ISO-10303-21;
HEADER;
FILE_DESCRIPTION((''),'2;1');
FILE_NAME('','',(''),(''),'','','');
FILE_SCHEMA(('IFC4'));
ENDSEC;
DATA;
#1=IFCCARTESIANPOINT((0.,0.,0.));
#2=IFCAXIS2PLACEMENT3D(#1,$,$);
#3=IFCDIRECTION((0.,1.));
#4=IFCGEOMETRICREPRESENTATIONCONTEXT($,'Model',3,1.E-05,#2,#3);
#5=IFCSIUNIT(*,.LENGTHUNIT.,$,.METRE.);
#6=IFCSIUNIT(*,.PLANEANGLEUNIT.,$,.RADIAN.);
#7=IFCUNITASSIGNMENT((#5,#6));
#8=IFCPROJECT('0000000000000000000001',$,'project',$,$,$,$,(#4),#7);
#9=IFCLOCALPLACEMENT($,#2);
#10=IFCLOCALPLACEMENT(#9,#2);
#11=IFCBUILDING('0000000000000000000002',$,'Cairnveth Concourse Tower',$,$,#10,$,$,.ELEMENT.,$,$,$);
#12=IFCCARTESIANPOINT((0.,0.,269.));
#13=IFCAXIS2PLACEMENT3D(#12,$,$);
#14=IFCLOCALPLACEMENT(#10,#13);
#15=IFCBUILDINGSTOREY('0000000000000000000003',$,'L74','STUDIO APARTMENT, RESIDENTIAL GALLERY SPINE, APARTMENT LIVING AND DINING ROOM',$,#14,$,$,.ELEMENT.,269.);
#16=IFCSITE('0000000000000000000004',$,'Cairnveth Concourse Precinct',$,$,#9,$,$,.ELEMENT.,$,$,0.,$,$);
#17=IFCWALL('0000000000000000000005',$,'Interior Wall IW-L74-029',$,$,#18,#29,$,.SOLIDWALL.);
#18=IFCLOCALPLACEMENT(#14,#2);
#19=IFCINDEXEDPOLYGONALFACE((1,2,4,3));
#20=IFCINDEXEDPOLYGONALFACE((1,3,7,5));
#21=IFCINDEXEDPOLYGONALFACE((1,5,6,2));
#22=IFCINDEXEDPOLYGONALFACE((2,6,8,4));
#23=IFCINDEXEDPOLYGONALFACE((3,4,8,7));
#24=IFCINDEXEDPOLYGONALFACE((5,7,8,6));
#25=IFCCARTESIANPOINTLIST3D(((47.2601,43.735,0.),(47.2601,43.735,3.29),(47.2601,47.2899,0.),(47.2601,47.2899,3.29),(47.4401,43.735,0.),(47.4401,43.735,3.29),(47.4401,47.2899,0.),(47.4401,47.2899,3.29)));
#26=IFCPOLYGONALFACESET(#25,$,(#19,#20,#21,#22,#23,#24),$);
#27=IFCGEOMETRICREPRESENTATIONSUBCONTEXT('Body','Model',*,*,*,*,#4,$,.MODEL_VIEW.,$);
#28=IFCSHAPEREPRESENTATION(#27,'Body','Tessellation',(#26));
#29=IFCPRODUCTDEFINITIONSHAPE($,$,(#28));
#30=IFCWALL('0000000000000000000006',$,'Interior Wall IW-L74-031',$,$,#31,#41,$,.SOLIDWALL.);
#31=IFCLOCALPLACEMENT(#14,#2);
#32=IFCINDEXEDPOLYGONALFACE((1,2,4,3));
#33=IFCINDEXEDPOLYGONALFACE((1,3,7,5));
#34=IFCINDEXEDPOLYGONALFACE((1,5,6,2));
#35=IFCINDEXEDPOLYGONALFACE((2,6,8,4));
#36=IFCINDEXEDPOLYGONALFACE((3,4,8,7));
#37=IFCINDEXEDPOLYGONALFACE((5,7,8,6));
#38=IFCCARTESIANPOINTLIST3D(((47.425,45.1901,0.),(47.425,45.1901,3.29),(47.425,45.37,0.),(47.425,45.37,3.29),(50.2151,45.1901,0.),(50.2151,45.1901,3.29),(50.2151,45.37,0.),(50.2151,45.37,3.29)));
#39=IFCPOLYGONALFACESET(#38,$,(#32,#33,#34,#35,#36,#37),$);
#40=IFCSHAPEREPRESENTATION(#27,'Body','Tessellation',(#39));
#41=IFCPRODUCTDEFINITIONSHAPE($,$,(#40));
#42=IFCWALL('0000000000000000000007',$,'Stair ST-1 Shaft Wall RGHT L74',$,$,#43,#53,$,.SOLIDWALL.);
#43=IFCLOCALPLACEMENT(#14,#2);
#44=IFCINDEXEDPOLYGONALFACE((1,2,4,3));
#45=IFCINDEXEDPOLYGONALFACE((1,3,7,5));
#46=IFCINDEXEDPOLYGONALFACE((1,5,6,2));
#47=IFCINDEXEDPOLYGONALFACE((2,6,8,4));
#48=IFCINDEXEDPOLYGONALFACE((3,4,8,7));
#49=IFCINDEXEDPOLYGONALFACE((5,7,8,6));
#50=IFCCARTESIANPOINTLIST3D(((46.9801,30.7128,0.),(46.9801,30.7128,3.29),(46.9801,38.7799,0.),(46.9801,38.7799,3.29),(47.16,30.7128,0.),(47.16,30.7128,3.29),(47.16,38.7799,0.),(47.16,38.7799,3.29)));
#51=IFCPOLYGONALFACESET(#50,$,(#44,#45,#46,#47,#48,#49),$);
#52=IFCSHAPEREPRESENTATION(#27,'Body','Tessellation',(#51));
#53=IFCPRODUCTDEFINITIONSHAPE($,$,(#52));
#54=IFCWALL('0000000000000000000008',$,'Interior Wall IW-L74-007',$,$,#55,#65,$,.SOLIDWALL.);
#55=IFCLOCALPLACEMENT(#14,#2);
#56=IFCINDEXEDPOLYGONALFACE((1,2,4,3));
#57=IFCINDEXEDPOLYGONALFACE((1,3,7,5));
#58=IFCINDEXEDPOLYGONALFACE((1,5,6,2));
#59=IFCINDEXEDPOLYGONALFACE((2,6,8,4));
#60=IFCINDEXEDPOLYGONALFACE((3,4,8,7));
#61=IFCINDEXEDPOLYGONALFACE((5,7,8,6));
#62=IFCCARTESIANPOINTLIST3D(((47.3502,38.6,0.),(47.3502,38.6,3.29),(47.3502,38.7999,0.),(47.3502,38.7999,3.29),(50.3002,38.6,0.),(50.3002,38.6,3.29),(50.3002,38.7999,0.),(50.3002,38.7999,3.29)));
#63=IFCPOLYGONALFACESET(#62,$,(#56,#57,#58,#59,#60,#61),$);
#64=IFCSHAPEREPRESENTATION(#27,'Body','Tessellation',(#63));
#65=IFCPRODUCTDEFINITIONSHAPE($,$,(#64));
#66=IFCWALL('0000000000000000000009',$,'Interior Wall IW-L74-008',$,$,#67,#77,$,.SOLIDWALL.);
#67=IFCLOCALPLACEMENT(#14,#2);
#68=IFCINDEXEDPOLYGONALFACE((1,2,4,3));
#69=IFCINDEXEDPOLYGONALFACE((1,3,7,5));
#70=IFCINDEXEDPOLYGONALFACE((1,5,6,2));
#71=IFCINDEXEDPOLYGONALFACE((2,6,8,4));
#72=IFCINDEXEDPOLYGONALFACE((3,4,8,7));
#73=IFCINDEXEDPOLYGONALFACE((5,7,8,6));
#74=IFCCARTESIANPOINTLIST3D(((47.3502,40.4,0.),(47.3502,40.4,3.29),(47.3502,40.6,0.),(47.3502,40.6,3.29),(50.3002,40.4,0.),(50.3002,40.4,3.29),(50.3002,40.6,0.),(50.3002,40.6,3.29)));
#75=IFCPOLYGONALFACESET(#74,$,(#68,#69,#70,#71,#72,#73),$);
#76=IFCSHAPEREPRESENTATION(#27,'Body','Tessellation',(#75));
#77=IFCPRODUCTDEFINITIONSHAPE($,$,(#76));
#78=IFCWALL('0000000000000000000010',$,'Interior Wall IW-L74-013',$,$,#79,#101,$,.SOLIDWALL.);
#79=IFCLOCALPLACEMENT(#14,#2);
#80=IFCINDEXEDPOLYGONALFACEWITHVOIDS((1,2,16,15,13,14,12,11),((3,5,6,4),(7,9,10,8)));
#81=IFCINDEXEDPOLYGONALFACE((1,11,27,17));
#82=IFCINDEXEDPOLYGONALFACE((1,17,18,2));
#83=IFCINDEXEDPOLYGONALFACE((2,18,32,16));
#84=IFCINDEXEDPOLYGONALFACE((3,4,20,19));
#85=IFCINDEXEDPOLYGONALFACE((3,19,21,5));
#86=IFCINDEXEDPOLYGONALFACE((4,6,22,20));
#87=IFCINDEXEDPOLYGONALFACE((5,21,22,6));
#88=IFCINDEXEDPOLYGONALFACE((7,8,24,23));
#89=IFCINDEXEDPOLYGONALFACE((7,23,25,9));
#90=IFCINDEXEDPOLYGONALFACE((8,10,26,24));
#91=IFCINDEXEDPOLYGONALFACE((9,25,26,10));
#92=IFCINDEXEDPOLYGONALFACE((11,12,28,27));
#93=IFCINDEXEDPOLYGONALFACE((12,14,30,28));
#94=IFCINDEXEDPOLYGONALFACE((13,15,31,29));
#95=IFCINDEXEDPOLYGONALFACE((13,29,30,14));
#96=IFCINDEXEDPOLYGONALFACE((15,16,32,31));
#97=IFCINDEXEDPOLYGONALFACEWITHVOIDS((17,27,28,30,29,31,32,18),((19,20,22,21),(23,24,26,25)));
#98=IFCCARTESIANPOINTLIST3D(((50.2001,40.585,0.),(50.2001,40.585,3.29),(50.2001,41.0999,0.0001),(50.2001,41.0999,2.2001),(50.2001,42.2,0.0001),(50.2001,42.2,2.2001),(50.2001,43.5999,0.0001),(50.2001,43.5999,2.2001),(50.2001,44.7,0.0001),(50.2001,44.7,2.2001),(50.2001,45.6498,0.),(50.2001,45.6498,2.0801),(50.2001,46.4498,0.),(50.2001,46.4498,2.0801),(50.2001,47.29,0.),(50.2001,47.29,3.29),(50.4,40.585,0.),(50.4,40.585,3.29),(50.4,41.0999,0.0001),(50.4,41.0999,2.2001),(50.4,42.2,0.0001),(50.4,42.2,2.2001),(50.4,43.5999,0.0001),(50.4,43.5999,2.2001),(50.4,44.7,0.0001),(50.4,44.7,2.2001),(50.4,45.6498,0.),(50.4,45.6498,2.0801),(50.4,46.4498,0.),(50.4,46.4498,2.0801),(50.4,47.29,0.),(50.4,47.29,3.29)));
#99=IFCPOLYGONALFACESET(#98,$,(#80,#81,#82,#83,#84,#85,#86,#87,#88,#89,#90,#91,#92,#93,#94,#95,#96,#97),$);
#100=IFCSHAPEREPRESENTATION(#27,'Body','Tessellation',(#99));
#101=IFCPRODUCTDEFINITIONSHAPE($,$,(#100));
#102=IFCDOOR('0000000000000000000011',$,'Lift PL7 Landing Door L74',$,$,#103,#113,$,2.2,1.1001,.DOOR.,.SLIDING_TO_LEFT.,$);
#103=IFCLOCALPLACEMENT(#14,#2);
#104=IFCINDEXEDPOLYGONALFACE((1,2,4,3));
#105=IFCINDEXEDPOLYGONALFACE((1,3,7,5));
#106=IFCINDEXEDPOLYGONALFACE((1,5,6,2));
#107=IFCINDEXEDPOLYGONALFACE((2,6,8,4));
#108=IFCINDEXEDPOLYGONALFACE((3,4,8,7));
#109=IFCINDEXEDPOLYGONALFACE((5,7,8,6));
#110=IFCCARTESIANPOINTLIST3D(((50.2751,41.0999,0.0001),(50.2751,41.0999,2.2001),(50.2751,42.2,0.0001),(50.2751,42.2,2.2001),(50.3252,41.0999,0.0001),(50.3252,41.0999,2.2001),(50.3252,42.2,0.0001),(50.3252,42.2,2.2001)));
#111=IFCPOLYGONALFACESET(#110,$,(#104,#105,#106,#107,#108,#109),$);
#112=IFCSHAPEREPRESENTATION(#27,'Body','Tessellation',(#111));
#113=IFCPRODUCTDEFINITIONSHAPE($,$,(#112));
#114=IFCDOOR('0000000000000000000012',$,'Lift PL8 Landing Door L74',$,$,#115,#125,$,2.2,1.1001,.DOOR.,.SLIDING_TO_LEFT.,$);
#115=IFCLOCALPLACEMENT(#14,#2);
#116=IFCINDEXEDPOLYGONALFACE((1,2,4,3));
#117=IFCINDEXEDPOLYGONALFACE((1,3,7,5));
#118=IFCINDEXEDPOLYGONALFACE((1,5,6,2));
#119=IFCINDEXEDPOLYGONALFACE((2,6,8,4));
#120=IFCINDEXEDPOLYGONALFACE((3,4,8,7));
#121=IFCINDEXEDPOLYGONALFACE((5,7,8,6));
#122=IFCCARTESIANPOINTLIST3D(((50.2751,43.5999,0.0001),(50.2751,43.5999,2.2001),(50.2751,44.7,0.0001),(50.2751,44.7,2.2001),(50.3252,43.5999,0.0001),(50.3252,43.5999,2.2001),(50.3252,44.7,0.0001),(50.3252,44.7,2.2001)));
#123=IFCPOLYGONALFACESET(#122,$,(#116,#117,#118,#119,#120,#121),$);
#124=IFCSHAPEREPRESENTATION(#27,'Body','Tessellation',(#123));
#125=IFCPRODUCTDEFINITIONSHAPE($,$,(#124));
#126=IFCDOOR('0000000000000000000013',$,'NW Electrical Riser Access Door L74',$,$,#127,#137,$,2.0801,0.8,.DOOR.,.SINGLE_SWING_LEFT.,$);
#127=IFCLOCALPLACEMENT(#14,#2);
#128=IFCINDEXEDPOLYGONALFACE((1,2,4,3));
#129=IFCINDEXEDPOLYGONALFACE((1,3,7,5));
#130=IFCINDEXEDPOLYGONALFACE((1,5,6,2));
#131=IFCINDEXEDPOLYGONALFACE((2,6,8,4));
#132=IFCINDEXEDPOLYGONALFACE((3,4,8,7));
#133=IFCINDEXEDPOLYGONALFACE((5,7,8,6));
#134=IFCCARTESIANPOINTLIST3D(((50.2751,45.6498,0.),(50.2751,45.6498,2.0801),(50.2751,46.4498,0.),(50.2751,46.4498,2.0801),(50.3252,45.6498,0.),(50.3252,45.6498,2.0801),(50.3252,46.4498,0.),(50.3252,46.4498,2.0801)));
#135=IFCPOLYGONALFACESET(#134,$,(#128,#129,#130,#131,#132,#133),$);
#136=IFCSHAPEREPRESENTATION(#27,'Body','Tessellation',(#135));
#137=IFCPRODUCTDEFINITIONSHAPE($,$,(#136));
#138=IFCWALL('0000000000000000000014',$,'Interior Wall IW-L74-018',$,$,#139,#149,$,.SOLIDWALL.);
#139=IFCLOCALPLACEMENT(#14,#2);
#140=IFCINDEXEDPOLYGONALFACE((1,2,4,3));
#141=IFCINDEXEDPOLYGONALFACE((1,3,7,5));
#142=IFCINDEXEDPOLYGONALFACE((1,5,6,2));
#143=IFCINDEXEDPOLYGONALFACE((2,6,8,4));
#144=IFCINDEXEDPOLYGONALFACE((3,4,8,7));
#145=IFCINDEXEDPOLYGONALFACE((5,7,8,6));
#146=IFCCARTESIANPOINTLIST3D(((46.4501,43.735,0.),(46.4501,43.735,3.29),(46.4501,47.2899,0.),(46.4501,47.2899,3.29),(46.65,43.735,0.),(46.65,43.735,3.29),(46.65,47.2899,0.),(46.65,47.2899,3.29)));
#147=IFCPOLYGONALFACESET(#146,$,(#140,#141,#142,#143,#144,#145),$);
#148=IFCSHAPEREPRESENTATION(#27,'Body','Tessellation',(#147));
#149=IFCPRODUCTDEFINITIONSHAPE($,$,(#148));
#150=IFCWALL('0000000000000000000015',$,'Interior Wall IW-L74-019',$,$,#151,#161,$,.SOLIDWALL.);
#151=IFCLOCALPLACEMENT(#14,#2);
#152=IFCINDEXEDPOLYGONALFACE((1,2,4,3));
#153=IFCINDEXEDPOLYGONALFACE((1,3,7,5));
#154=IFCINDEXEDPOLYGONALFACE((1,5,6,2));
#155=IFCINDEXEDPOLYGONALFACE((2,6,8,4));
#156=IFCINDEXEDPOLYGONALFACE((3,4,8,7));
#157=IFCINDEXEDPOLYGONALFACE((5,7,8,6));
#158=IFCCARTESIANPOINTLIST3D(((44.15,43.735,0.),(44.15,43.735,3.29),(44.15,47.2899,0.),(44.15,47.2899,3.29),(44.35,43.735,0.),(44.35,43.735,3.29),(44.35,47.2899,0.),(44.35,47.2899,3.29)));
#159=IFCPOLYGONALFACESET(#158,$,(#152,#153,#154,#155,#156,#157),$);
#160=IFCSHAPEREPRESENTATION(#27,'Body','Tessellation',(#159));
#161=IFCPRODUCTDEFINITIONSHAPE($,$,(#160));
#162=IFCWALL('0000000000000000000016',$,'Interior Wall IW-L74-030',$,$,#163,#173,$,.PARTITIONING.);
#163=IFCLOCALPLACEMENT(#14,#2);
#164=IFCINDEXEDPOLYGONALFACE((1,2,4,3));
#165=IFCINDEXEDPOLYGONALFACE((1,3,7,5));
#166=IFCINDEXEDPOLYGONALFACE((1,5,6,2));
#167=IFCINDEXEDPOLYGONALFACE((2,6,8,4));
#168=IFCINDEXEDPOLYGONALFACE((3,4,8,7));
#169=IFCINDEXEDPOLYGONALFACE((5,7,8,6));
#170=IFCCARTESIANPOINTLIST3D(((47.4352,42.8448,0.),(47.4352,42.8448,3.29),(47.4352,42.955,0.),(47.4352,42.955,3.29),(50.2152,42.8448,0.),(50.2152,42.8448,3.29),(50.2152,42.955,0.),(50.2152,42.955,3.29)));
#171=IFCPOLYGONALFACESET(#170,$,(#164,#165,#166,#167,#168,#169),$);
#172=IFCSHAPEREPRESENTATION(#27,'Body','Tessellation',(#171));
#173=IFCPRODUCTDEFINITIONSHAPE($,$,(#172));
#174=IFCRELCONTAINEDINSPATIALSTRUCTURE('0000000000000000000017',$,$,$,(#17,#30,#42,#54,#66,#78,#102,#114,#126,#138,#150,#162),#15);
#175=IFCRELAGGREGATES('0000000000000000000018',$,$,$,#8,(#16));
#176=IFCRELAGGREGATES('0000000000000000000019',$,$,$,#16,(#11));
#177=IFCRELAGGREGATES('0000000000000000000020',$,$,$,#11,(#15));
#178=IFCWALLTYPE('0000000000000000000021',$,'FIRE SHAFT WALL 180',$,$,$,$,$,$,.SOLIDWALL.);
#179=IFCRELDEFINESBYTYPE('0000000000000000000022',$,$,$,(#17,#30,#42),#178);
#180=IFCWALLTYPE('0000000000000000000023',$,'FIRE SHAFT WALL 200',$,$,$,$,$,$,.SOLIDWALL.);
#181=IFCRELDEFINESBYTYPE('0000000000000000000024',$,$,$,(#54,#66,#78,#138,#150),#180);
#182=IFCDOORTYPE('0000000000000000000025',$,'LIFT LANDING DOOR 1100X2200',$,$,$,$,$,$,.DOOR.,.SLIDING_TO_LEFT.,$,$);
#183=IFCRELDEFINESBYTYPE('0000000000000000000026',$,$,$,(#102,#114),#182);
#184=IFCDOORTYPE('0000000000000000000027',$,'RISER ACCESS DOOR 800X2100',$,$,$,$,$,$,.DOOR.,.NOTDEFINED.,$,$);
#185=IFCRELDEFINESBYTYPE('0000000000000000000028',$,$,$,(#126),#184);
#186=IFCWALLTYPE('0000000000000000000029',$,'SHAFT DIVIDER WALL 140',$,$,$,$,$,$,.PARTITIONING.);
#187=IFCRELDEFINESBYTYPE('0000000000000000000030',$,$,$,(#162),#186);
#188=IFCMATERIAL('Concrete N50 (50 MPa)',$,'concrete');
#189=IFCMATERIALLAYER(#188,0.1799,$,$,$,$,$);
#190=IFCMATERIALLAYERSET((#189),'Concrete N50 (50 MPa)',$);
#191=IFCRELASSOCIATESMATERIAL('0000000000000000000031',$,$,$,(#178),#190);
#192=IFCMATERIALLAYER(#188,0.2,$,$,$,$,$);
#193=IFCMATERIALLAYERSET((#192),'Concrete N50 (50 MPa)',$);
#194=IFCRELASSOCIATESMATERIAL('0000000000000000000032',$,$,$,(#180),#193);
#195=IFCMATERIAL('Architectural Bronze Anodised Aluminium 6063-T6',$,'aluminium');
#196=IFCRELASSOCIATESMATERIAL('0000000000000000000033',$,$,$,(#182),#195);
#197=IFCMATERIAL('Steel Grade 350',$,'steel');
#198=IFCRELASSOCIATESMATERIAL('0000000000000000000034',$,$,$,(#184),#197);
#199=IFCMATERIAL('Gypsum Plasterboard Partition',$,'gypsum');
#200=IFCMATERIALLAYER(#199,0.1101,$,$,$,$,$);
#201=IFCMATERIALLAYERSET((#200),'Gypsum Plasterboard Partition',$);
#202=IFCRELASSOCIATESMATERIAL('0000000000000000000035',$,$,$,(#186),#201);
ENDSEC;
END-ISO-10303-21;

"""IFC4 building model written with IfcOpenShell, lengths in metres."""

from ifc_helpers import new_model, si_unit, direction, frame, frame_2d, origin, place, context, subcontext, project, spatial, rectangle, extrude, material, layer, layer_set, type_object, element, fill, save


model = new_model("IFC4")

# Units and contexts
model_context = context("Model", 3, precision=1e-05, world=origin(), true_north=direction((0.0, 1.0)))
body_context = subcontext(model_context, "Body", "Model", "MODEL_VIEW")
ifc_project = project(units=[si_unit("LENGTHUNIT", "METRE"), si_unit("PLANEANGLEUNIT", "RADIAN")], contexts=[model_context])

# Site, building, storey
site_placement = place(None, origin())
site = spatial("IfcSite", under=ifc_project, at=site_placement, Name="Cairnveth Concourse Precinct", CompositionType="ELEMENT", RefElevation=0.0)
building_placement = place(site_placement, origin())
building = spatial("IfcBuilding", under=site, at=building_placement, Name="Cairnveth Concourse Tower", CompositionType="ELEMENT")
storey_placement = place(building_placement, frame((0.0, 0.0, 269.0)))
storey = spatial("IfcBuildingStorey", under=building, at=storey_placement, Name="L74", Description="STUDIO APARTMENT, RESIDENTIAL GALLERY SPINE, APARTMENT LIVING AND DINING ROOM", CompositionType="ELEMENT", Elevation=269.0)

# Walls
ifc_material_1 = material(Name="Concrete N50 (50 MPa)", Category="concrete")
ifc_layer_1 = layer(ifc_material_1, 0.1799)
ifc_layer_set_1 = layer_set([ifc_layer_1], Name="Concrete N50 (50 MPa)")
wall_type_1 = type_object("IfcWallType", Name="FIRE SHAFT WALL 180", PredefinedType="SOLIDWALL", material=ifc_layer_set_1)
wall_1_placement = place(storey_placement, frame((47.3501, 43.7351, 0.0), z_axis=(0.0, 0.0, 1.0), x_axis=(0.0, 1.0, 0.0)))
element("IfcWall", 1, at=wall_1_placement, inside=storey, type_object=wall_type_1, Name="Interior Wall IW-L74-029", PredefinedType="SOLIDWALL", context=body_context, shape_type="SweptSolid", body=[
    extrude(rectangle(XDim=3.5549, YDim=0.1799, at=frame_2d((1.7773, 0.0))), origin(), (0.0, 0.0, 1.0), 3.29),
])
wall_2_placement = place(storey_placement, frame((47.425, 45.28, 0.0), z_axis=(0.0, 0.0, 1.0), x_axis=(1.0, 0.0, 0.0)))
element("IfcWall", 2, at=wall_2_placement, inside=storey, type_object=wall_type_1, Name="Interior Wall IW-L74-031", PredefinedType="SOLIDWALL", context=body_context, shape_type="SweptSolid", body=[
    extrude(rectangle(XDim=2.79, YDim=0.1799, at=frame_2d((1.395, 0.0))), origin(), (0.0, 0.0, 1.0), 3.29),
])
wall_3_placement = place(storey_placement, frame((47.0701, 38.78, 0.0), z_axis=(0.0, 0.0, 1.0), x_axis=(0.0, -1.0, 0.0)))
element("IfcWall", 3, at=wall_3_placement, inside=storey, type_object=wall_type_1, Name="Stair ST-1 Shaft Wall RGHT L74", PredefinedType="SOLIDWALL", context=body_context, shape_type="SweptSolid", body=[
    extrude(rectangle(XDim=8.0671, YDim=0.1799, at=frame_2d((4.0337, 0.0))), origin(), (0.0, 0.0, 1.0), 3.29),
])
ifc_layer_2 = layer(ifc_material_1, 0.2)
ifc_layer_set_2 = layer_set([ifc_layer_2], Name="Concrete N50 (50 MPa)")
wall_type_2 = type_object("IfcWallType", Name="FIRE SHAFT WALL 200", PredefinedType="SOLIDWALL", material=ifc_layer_set_2)
for number, where, z_axis, x_axis, name in (
    (4, (47.3501, 38.7, 0.0), (0.0, 0.0, 1.0), (1.0, 0.0, 0.0), "Interior Wall IW-L74-007"),
    (5, (47.3501, 40.5, 0.0), (0.0, 0.0, 1.0), (1.0, 0.0, 0.0), "Interior Wall IW-L74-008"),
):
    element("IfcWall", number, at=place(storey_placement, frame(where, z_axis=z_axis, x_axis=x_axis)), inside=storey, type_object=wall_type_2, Name=name, PredefinedType="SOLIDWALL", context=body_context, shape_type="SweptSolid", body=[
        extrude(rectangle(XDim=2.95, YDim=0.2, at=frame_2d((1.4751, 0.0))), origin(), (0.0, 0.0, 1.0), 3.29),
    ])

# Wall, openings, doors
wall_4_placement = place(storey_placement, frame((50.3, 40.585, 0.0), z_axis=(0.0, 0.0, 1.0), x_axis=(0.0, 1.0, 0.0)))
wall_4 = element("IfcWall", 6, at=wall_4_placement, inside=storey, type_object=wall_type_2, Name="Interior Wall IW-L74-013", PredefinedType="SOLIDWALL", context=body_context, shape_type="SweptSolid", body=[
    extrude(rectangle(XDim=6.7051, YDim=0.2, at=frame_2d((3.3525, 0.0))), origin(), (0.0, 0.0, 1.0), 3.29),
])
opening_1_placement = place(wall_4_placement, frame((0.5149, 0.0, 0.0)))
opening_1 = element("IfcOpeningElement", 7, at=opening_1_placement, cuts=wall_4, PredefinedType="OPENING", context=body_context, shape_type="SweptSolid", body=[
    extrude(rectangle(XDim=1.1001, YDim=2.2, at=frame_2d((0.55, 1.1001))), frame((0.0, 0.1099, 0.0), z_axis=(0.0, -1.0, 0.0), x_axis=(1.0, 0.0, 0.0)), (0.0, 0.0, 1.0), 0.22),
])
opening_2_placement = place(wall_4_placement, frame((3.0149, 0.0, 0.0)))
opening_2 = element("IfcOpeningElement", 8, at=opening_2_placement, cuts=wall_4, PredefinedType="OPENING", context=body_context, shape_type="SweptSolid", body=[
    extrude(rectangle(XDim=1.1001, YDim=2.2, at=frame_2d((0.55, 1.1001))), frame((0.0, 0.1099, 0.0), z_axis=(0.0, -1.0, 0.0), x_axis=(1.0, 0.0, 0.0)), (0.0, 0.0, 1.0), 0.22),
])
opening_3_placement = place(wall_4_placement, frame((5.0649, 0.0, 0.0)))
opening_3 = element("IfcOpeningElement", 9, at=opening_3_placement, cuts=wall_4, PredefinedType="OPENING", context=body_context, shape_type="SweptSolid", body=[
    extrude(rectangle(XDim=0.8, YDim=2.0801, at=frame_2d((0.3999, 1.04))), frame((0.0, 0.1099, 0.0), z_axis=(0.0, -1.0, 0.0), x_axis=(1.0, 0.0, 0.0)), (0.0, 0.0, 1.0), 0.22),
])
ifc_material_2 = material(Name="Architectural Bronze Anodised Aluminium 6063-T6", Category="aluminium")
door_type_1 = type_object("IfcDoorType", Name="LIFT LANDING DOOR 1100X2200", OperationType="SLIDING_TO_LEFT", PredefinedType="DOOR", material=ifc_material_2)
door_1_placement = place(opening_1_placement, origin())
door_1 = element("IfcDoor", 10, at=door_1_placement, inside=storey, type_object=door_type_1, Name="Lift PL7 Landing Door L74", OperationType="SLIDING_TO_LEFT", OverallHeight=2.2, OverallWidth=1.1001, PredefinedType="DOOR", context=body_context, shape_type="SweptSolid", body=[
    extrude(rectangle(XDim=1.1001, YDim=2.2, at=frame_2d((0.55, 1.1001))), frame((0.0, 0.0249, 0.0), z_axis=(0.0, -1.0, 0.0), x_axis=(1.0, 0.0, 0.0)), (0.0, 0.0, 1.0), 0.05),
])
fill(opening_1, door_1)
door_2_placement = place(opening_2_placement, origin())
door_2 = element("IfcDoor", 11, at=door_2_placement, inside=storey, type_object=door_type_1, Name="Lift PL8 Landing Door L74", OperationType="SLIDING_TO_LEFT", OverallHeight=2.2, OverallWidth=1.1001, PredefinedType="DOOR", context=body_context, shape_type="SweptSolid", body=[
    extrude(rectangle(XDim=1.1001, YDim=2.2, at=frame_2d((0.55, 1.1001))), frame((0.0, 0.0249, 0.0), z_axis=(0.0, -1.0, 0.0), x_axis=(1.0, 0.0, 0.0)), (0.0, 0.0, 1.0), 0.05),
])
fill(opening_2, door_2)
ifc_material_3 = material(Name="Steel Grade 350", Category="steel")
door_type_2 = type_object("IfcDoorType", Name="RISER ACCESS DOOR 800X2100", OperationType="NOTDEFINED", PredefinedType="DOOR", material=ifc_material_3)
door_3_placement = place(opening_3_placement, origin())
door_3 = element("IfcDoor", 12, at=door_3_placement, inside=storey, type_object=door_type_2, Name="NW Electrical Riser Access Door L74", OperationType="SINGLE_SWING_LEFT", OverallHeight=2.0801, OverallWidth=0.8, PredefinedType="DOOR", context=body_context, shape_type="SweptSolid", body=[
    extrude(rectangle(XDim=0.8, YDim=2.0801, at=frame_2d((0.3999, 1.04))), frame((0.0, 0.0249, 0.0), z_axis=(0.0, -1.0, 0.0), x_axis=(1.0, 0.0, 0.0)), (0.0, 0.0, 1.0), 0.05),
])
fill(opening_3, door_3)

# Walls
for number, where, z_axis, x_axis, name in (
    (13, (46.55, 43.7351, 0.0), (0.0, 0.0, 1.0), (0.0, 1.0, 0.0), "Interior Wall IW-L74-018"),
    (14, (44.25, 43.7351, 0.0), (0.0, 0.0, 1.0), (0.0, 1.0, 0.0), "Interior Wall IW-L74-019"),
):
    element("IfcWall", number, at=place(storey_placement, frame(where, z_axis=z_axis, x_axis=x_axis)), inside=storey, type_object=wall_type_2, Name=name, PredefinedType="SOLIDWALL", context=body_context, shape_type="SweptSolid", body=[
        extrude(rectangle(XDim=3.5549, YDim=0.2, at=frame_2d((1.7773, 0.0))), origin(), (0.0, 0.0, 1.0), 3.29),
    ])
ifc_material_4 = material(Name="Gypsum Plasterboard Partition", Category="gypsum")
ifc_layer_3 = layer(ifc_material_4, 0.1101)
ifc_layer_set_3 = layer_set([ifc_layer_3], Name="Gypsum Plasterboard Partition")
wall_type_3 = type_object("IfcWallType", Name="SHAFT DIVIDER WALL 140", PredefinedType="PARTITIONING", material=ifc_layer_set_3)
wall_5_placement = place(storey_placement, frame((47.4351, 42.8999, 0.0), z_axis=(0.0, 0.0, 1.0), x_axis=(1.0, 0.0, 0.0)))
element("IfcWall", 15, at=wall_5_placement, inside=storey, type_object=wall_type_3, Name="Interior Wall IW-L74-030", PredefinedType="PARTITIONING", context=body_context, shape_type="SweptSolid", body=[
    extrude(rectangle(XDim=2.78, YDim=0.1101, at=frame_2d((1.3901, 0.0))), origin(), (0.0, 0.0, 1.0), 3.29),
])

save(model, "model.ifc")
